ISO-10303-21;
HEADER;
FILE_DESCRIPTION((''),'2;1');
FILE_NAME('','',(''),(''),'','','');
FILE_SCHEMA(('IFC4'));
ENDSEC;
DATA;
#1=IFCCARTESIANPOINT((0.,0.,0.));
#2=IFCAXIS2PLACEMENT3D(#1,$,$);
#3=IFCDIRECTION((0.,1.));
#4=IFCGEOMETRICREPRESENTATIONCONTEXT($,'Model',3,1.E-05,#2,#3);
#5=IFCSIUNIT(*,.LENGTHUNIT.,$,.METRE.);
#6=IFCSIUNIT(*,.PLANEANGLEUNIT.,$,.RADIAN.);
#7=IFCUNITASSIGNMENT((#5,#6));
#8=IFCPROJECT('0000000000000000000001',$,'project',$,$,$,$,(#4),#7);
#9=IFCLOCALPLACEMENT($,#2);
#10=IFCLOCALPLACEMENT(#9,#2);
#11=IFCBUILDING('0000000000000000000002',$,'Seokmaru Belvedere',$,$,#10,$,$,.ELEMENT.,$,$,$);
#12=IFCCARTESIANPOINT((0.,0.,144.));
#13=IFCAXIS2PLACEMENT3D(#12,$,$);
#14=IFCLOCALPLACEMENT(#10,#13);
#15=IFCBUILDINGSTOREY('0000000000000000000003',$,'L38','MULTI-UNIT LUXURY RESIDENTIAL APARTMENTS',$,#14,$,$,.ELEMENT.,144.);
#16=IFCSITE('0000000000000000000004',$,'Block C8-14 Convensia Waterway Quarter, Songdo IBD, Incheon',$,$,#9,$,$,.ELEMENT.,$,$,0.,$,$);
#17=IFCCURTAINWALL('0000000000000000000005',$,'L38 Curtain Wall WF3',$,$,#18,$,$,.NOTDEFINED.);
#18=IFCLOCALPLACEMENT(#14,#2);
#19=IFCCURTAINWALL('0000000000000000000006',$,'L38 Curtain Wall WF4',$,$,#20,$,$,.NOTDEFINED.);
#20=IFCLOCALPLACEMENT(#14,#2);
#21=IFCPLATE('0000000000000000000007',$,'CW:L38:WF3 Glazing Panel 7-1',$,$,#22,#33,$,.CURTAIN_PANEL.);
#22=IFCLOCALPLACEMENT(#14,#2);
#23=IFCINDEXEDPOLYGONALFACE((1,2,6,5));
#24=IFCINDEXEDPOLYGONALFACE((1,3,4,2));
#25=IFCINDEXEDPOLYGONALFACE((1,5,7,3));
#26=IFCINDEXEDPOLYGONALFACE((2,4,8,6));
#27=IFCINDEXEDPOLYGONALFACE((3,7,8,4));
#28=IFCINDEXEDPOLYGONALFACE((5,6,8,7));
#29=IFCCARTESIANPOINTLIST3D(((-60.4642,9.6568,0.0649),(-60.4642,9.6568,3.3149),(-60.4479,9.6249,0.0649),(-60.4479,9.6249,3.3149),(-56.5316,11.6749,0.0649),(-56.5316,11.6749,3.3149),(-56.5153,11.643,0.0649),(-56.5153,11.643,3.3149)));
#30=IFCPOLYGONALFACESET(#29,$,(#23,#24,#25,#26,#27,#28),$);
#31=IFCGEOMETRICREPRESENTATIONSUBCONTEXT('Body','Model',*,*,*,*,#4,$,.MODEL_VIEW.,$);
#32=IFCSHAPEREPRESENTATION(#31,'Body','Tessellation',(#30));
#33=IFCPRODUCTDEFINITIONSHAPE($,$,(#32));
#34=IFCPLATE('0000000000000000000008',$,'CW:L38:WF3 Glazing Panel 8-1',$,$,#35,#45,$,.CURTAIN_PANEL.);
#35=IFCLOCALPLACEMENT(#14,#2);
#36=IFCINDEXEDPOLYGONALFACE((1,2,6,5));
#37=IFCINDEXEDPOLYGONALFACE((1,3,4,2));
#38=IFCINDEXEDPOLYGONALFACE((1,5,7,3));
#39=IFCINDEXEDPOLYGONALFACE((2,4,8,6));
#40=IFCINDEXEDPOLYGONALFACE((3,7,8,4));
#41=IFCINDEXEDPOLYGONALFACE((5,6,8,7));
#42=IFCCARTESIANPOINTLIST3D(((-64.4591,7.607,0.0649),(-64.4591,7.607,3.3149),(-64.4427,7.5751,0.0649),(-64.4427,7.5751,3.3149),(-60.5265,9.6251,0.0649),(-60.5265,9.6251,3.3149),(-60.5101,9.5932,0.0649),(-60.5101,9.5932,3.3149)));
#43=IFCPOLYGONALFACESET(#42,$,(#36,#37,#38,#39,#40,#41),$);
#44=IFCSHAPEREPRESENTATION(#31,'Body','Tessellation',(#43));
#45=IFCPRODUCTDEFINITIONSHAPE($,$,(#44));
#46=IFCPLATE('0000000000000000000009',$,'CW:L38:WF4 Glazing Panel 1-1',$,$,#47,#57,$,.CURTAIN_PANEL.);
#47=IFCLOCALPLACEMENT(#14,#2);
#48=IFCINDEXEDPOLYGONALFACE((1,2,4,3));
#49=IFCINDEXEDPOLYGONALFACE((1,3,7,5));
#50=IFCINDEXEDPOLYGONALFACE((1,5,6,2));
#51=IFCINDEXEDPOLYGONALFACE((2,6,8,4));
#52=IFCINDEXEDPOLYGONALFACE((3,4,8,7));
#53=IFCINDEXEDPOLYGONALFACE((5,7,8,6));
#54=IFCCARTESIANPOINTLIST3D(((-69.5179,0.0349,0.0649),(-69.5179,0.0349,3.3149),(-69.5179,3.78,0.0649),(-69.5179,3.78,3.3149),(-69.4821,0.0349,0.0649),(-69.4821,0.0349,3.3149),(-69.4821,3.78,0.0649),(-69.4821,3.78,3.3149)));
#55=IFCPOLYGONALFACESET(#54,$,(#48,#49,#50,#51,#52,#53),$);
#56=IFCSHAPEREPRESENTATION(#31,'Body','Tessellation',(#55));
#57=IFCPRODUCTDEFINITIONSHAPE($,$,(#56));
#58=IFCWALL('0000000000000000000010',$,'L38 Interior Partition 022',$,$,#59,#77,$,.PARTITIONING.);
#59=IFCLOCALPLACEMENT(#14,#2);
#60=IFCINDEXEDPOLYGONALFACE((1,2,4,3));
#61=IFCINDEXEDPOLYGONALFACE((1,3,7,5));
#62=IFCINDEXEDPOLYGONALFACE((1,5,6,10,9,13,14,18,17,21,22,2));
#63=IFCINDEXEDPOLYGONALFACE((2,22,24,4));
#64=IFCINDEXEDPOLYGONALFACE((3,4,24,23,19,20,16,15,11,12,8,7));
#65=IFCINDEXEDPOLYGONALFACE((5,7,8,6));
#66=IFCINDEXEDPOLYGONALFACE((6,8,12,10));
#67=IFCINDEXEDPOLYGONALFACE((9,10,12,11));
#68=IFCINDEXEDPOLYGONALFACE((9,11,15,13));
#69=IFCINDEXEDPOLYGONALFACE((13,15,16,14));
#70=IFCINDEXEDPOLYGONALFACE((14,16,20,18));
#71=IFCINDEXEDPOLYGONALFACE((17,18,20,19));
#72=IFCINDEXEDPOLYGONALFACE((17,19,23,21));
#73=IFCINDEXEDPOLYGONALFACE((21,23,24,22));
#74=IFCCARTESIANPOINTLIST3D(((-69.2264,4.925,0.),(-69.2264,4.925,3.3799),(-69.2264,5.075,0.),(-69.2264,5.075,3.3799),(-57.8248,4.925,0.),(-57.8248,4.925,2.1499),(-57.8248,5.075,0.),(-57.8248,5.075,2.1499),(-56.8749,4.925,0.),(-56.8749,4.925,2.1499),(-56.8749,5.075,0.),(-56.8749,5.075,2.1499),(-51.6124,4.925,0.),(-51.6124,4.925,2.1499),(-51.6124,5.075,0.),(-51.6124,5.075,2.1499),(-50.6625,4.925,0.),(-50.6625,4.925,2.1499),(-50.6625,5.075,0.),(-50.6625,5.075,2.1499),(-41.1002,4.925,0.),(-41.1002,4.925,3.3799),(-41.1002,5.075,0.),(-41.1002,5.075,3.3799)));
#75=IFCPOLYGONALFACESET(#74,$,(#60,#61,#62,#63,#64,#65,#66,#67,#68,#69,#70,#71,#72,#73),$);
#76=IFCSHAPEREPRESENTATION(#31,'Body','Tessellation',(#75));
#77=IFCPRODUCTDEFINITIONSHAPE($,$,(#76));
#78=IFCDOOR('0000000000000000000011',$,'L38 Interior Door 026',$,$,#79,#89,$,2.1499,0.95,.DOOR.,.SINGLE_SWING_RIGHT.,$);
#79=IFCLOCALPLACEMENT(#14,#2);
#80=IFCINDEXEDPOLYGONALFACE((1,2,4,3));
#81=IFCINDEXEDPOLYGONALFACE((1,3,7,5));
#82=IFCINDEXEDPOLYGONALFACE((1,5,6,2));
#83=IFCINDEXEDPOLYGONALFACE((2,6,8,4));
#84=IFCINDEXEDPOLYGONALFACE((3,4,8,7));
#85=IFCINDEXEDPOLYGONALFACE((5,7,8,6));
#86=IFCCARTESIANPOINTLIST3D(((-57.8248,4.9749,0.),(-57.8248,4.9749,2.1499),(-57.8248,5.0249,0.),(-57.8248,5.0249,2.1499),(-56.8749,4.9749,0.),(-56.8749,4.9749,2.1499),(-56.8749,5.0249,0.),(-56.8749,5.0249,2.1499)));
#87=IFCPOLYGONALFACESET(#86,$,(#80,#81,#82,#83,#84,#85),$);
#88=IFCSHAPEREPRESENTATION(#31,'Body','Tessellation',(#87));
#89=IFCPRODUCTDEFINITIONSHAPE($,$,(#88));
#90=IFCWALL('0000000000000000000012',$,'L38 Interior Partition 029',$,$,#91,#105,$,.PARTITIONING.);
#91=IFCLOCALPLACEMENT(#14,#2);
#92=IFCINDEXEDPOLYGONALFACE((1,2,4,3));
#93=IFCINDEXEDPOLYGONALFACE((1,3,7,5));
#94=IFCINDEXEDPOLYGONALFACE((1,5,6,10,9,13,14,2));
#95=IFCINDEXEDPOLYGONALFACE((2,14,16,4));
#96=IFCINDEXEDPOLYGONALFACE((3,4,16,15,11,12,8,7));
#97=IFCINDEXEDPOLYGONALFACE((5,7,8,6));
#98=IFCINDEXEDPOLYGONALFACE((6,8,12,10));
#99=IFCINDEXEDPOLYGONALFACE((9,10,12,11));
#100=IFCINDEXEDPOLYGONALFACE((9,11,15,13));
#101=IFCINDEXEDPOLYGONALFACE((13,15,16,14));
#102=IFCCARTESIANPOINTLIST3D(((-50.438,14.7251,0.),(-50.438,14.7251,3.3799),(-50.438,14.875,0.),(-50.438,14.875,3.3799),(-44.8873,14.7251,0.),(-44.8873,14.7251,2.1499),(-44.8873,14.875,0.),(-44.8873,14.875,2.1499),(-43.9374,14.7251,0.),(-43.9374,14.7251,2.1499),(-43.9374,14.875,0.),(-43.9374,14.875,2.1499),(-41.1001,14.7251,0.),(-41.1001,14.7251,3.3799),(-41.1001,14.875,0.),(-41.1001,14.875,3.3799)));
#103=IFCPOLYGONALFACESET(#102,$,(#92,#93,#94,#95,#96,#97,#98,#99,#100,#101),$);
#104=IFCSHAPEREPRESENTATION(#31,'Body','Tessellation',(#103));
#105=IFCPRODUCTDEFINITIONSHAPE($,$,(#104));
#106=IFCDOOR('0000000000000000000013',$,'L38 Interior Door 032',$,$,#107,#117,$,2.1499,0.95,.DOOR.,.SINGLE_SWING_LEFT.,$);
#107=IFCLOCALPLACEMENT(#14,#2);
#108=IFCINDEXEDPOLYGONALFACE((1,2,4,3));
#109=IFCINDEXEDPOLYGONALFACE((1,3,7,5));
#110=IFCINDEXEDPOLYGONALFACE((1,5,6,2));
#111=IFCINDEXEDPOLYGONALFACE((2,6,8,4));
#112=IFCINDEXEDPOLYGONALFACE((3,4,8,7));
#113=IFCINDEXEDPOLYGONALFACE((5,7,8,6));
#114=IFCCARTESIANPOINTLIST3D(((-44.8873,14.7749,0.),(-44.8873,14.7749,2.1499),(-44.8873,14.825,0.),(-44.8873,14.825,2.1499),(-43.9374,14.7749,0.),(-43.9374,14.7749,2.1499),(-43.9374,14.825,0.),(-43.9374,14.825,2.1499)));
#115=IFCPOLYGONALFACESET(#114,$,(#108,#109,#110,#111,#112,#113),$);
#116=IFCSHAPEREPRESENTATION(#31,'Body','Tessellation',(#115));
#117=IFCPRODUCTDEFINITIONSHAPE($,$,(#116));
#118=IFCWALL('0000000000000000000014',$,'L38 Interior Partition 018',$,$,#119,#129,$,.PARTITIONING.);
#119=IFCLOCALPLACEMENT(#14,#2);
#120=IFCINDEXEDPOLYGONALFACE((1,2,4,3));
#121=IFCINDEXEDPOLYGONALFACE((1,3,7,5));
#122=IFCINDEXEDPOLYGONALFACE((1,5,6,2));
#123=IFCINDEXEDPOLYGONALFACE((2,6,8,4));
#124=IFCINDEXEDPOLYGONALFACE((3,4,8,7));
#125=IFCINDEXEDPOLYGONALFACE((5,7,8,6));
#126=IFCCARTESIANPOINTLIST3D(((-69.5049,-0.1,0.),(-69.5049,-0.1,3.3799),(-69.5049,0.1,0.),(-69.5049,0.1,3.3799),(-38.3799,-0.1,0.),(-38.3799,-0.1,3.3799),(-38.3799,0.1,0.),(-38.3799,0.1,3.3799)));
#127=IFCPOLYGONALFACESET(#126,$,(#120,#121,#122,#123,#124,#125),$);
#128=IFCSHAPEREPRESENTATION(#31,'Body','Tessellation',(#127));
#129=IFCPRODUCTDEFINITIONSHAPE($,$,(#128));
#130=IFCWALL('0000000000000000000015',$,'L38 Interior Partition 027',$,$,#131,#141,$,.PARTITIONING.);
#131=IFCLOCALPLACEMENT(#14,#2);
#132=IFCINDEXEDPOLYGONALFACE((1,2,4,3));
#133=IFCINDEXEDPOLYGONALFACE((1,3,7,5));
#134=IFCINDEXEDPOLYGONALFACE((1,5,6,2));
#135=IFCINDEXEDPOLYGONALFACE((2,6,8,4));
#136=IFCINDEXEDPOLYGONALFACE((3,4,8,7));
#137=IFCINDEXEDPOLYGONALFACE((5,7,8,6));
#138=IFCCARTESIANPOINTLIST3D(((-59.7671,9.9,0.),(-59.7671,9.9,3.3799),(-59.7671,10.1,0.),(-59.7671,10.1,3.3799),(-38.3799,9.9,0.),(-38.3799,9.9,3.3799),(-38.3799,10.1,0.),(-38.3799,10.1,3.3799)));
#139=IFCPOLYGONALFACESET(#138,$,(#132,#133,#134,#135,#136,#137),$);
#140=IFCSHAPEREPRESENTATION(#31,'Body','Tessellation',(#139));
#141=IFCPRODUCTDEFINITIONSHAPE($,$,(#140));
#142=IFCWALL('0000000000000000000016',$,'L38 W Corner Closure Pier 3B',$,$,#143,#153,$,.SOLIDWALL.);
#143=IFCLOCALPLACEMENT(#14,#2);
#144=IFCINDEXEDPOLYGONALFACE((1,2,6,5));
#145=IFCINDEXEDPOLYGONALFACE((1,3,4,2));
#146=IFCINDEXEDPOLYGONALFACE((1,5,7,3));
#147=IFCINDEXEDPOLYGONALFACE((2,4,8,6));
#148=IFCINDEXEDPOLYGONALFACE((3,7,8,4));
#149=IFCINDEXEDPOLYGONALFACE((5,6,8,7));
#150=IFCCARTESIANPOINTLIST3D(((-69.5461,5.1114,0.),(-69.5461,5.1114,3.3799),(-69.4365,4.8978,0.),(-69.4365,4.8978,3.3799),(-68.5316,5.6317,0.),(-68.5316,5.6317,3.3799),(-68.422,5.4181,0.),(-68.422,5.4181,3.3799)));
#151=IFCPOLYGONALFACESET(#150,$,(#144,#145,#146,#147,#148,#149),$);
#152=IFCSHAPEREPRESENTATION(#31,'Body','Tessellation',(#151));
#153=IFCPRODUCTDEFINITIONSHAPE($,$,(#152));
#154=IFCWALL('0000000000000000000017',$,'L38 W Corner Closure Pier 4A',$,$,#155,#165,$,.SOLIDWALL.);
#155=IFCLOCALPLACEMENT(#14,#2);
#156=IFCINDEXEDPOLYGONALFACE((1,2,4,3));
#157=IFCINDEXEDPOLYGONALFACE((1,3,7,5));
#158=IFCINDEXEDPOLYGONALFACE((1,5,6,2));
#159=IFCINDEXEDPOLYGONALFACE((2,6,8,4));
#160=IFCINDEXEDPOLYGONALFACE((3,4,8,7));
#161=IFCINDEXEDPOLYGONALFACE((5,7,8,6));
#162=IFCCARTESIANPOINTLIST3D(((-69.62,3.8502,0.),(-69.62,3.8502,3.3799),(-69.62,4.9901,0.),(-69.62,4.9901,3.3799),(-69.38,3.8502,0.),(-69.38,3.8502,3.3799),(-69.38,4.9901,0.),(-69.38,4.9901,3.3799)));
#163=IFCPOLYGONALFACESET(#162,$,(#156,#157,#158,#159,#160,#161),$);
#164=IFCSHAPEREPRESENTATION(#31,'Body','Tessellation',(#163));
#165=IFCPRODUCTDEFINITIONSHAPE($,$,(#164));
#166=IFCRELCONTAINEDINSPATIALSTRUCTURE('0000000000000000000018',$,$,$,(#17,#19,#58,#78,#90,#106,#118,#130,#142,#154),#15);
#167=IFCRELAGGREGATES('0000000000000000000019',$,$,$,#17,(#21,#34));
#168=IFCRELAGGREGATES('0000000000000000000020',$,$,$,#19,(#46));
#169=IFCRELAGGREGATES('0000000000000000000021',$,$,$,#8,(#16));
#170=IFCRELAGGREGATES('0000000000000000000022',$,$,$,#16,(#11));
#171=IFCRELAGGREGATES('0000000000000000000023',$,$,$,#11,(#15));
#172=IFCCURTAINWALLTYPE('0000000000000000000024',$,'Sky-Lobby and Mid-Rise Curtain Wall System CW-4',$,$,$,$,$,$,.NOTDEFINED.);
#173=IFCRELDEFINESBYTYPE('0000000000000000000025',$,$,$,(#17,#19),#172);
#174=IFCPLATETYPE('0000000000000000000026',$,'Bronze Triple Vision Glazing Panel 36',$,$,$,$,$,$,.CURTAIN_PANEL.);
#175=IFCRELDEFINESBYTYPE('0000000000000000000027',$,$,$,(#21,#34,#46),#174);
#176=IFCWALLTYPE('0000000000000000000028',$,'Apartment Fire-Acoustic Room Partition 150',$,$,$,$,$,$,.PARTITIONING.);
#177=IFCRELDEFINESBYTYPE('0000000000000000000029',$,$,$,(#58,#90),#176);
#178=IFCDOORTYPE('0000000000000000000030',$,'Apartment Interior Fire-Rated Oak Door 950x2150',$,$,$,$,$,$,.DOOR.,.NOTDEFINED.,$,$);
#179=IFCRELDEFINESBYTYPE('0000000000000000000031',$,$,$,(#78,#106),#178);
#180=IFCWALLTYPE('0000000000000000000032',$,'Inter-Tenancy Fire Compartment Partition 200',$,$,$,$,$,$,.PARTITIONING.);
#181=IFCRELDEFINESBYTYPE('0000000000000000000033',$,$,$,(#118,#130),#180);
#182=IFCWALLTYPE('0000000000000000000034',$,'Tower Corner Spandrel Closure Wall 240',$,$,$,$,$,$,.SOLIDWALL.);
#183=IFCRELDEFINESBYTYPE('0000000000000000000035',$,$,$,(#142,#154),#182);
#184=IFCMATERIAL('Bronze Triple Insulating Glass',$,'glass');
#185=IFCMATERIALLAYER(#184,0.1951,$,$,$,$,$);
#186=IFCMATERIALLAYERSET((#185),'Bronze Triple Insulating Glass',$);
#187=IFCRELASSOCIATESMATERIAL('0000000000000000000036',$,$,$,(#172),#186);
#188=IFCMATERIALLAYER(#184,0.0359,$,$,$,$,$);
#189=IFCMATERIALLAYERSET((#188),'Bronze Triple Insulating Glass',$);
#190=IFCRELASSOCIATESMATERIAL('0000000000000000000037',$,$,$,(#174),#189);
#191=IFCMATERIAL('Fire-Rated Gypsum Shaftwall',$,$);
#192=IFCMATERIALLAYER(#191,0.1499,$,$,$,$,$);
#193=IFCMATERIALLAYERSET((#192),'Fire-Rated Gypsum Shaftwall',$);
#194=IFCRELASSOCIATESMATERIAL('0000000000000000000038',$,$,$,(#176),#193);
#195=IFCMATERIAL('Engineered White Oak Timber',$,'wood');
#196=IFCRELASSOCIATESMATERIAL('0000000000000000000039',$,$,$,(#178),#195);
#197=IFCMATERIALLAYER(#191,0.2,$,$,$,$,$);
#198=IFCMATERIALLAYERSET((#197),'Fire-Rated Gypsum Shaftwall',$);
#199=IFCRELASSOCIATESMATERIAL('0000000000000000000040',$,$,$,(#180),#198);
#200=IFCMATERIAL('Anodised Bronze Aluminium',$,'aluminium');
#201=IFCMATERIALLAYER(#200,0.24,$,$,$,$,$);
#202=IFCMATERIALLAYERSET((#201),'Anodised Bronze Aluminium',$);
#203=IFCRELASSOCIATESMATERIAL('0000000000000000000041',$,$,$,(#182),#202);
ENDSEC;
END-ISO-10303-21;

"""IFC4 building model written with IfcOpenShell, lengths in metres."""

from ifc_helpers import new_model, si_unit, direction, frame, frame_2d, origin, origin_2d, place, context, subcontext, project, spatial, rectangle, extrude, source, transform, mapped, material, layer, layer_set, type_object, type_shapes, element, fill, aggregate, save


model = new_model("IFC4")

# Units and contexts
model_context = context("Model", 3, precision=1e-05, world=origin(), true_north=direction((0.0, 1.0)))
body_context = subcontext(model_context, "Body", "Model", "MODEL_VIEW")
ifc_project = project(units=[si_unit("LENGTHUNIT", "METRE"), si_unit("PLANEANGLEUNIT", "RADIAN")], contexts=[model_context])

# Site, building, storey
site_placement = place(None, origin())
site = spatial("IfcSite", under=ifc_project, at=site_placement, Name="Block C8-14 Convensia Waterway Quarter, Songdo IBD, Incheon", CompositionType="ELEMENT", RefElevation=0.0)
building_placement = place(site_placement, origin())
building = spatial("IfcBuilding", under=site, at=building_placement, Name="Seokmaru Belvedere", CompositionType="ELEMENT")
storey_placement = place(building_placement, frame((0.0, 0.0, 144.0)))
storey = spatial("IfcBuildingStorey", under=building, at=storey_placement, Name="L38", Description="MULTI-UNIT LUXURY RESIDENTIAL APARTMENTS", CompositionType="ELEMENT", Elevation=144.0)

# Curtain walls
ifc_material_1 = material(Name="Bronze Triple Insulating Glass", Category="glass")
ifc_layer_1 = layer(ifc_material_1, 0.1951)
ifc_layer_set_1 = layer_set([ifc_layer_1], Name="Bronze Triple Insulating Glass")
curtain_wall_type = type_object("IfcCurtainWallType", Name="Sky-Lobby and Mid-Rise Curtain Wall System CW-4", PredefinedType="NOTDEFINED", material=ifc_layer_set_1)
curtain_wall_1_placement = place(storey_placement, origin())
curtain_wall_1 = element("IfcCurtainWall", 1, at=curtain_wall_1_placement, inside=storey, type_object=curtain_wall_type, Name="L38 Curtain Wall WF3", PredefinedType="NOTDEFINED")
ifc_material_2 = material(Name="Anodised Bronze Aluminium", Category="aluminium")
curtain_wall_2_placement = place(storey_placement, origin())
curtain_wall_2 = element("IfcCurtainWall", 2, at=curtain_wall_2_placement, inside=storey, type_object=curtain_wall_type, Name="L38 Curtain Wall WF4", PredefinedType="NOTDEFINED")

# Plates
ifc_layer_2 = layer(ifc_material_1, 0.0359)
ifc_layer_set_2 = layer_set([ifc_layer_2], Name="Bronze Triple Insulating Glass")
plate_type = type_object("IfcPlateType", Name="Bronze Triple Vision Glazing Panel 36", PredefinedType="CURTAIN_PANEL", material=ifc_layer_set_2)
shared_shape_1 = source(origin(), body_context, "Body", "SweptSolid", [
    extrude(rectangle(XDim=4.4202, YDim=0.0359, at=origin_2d()), origin(), (0.0, 0.0, 1.0), 3.25),
])
plate_1_placement = place(storey_placement, frame((-58.4897, 10.6499, 0.0649), z_axis=(0.0, 0.0, 1.0), x_axis=(-0.889695, -0.456555, 0.0)))
plate_1 = element("IfcPlate", 3, at=plate_1_placement, type_object=plate_type, Name="CW:L38:WF3 Glazing Panel 7-1", PredefinedType="CURTAIN_PANEL", context=body_context, shape_type="MappedRepresentation", body=[
    mapped(shared_shape_1, transform((0.0, 0.0, 0.0), scale=1.0)),
])
plate_2_placement = place(storey_placement, frame((-62.4846, 8.6001, 0.0649), z_axis=(0.0, 0.0, 1.0), x_axis=(-0.889695, -0.456555, 0.0)))
plate_2 = element("IfcPlate", 4, at=plate_2_placement, type_object=plate_type, Name="CW:L38:WF3 Glazing Panel 8-1", PredefinedType="CURTAIN_PANEL", context=body_context, shape_type="MappedRepresentation", body=[
    mapped(shared_shape_1, transform((0.0, 0.0, 0.0), scale=1.0)),
])
aggregate(curtain_wall_1, [plate_1, plate_2])
shared_shape_2 = source(origin(), body_context, "Body", "SweptSolid", [
    extrude(rectangle(XDim=3.7451, YDim=0.0359, at=origin_2d()), origin(), (0.0, 0.0, 1.0), 3.25),
])
plate_3_placement = place(storey_placement, frame((-69.5, 1.9075, 0.0649), z_axis=(0.0, 0.0, 1.0), x_axis=(0.0, -1.0, 0.0)))
plate_3 = element("IfcPlate", 5, at=plate_3_placement, type_object=plate_type, Name="CW:L38:WF4 Glazing Panel 1-1", PredefinedType="CURTAIN_PANEL", context=body_context, shape_type="MappedRepresentation", body=[
    mapped(shared_shape_2, transform((0.0, 0.0, 0.0), scale=1.0)),
])
aggregate(curtain_wall_2, [plate_3])

# Wall, openings, door
ifc_material_3 = material(Name="Fire-Rated Gypsum Shaftwall")
ifc_layer_3 = layer(ifc_material_3, 0.1499)
ifc_layer_set_3 = layer_set([ifc_layer_3], Name="Fire-Rated Gypsum Shaftwall")
wall_type_1 = type_object("IfcWallType", Name="Apartment Fire-Acoustic Room Partition 150", PredefinedType="PARTITIONING", material=ifc_layer_set_3)
wall_1_placement = place(storey_placement, frame((-69.2263, 5.0, 0.0), z_axis=(0.0, 0.0, 1.0), x_axis=(1.0, 0.0, 0.0)))
wall_1 = element("IfcWall", 6, at=wall_1_placement, inside=storey, type_object=wall_type_1, Name="L38 Interior Partition 022", PredefinedType="PARTITIONING", context=body_context, shape_type="SweptSolid", body=[
    extrude(rectangle(XDim=28.1262, YDim=0.1499, at=frame_2d((14.063, 0.0))), origin(), (0.0, 0.0, 1.0), 3.3799),
])
opening_1_placement = place(wall_1_placement, frame((11.4014, 0.0, 0.0)))
opening_1 = element("IfcOpeningElement", 7, at=opening_1_placement, cuts=wall_1, PredefinedType="OPENING", context=body_context, shape_type="SweptSolid", body=[
    extrude(rectangle(XDim=0.95, YDim=2.1499, at=frame_2d((0.4751, 1.075))), frame((0.0, 0.085, 0.0), z_axis=(0.0, -1.0, 0.0), x_axis=(1.0, 0.0, 0.0)), (0.0, 0.0, 1.0), 0.1699),
])
opening_2_placement = place(wall_1_placement, frame((17.6138, 0.0, 0.0)))
element("IfcOpeningElement", 8, at=opening_2_placement, cuts=wall_1, PredefinedType="OPENING", context=body_context, shape_type="SweptSolid", body=[
    extrude(rectangle(XDim=0.95, YDim=2.1499, at=frame_2d((0.4751, 1.075))), frame((0.0, 0.085, 0.0), z_axis=(0.0, -1.0, 0.0), x_axis=(1.0, 0.0, 0.0)), (0.0, 0.0, 1.0), 0.1699),
])
ifc_material_4 = material(Name="Engineered White Oak Timber", Category="wood")
door_type = type_object("IfcDoorType", Name="Apartment Interior Fire-Rated Oak Door 950x2150", OperationType="NOTDEFINED", PredefinedType="DOOR", material=ifc_material_4)
shared_shape_3 = source(origin(), body_context, "Body", "SweptSolid", [
    extrude(rectangle(XDim=0.95, YDim=2.1499, at=frame_2d((0.4751, 1.075))), frame((0.0, 0.0249, 0.0), z_axis=(0.0, -1.0, 0.0), x_axis=(1.0, 0.0, 0.0)), (0.0, 0.0, 1.0), 0.05),
])
type_shapes(door_type, [shared_shape_3])
door_1_placement = place(opening_1_placement, origin())
door_1 = element("IfcDoor", 9, at=door_1_placement, inside=storey, type_object=door_type, Name="L38 Interior Door 026", OperationType="SINGLE_SWING_RIGHT", OverallHeight=2.1499, OverallWidth=0.95, PredefinedType="DOOR", context=body_context, shape_type="MappedRepresentation", body=[
    mapped(shared_shape_3, transform((0.0, 0.0, 0.0), scale=1.0)),
])
fill(opening_1, door_1)

# Wall, opening, door
wall_2_placement = place(storey_placement, frame((-50.438, 14.8, 0.0), z_axis=(0.0, 0.0, 1.0), x_axis=(1.0, 0.0, 0.0)))
wall_2 = element("IfcWall", 10, at=wall_2_placement, inside=storey, type_object=wall_type_1, Name="L38 Interior Partition 029", PredefinedType="PARTITIONING", context=body_context, shape_type="SweptSolid", body=[
    extrude(rectangle(XDim=9.3379, YDim=0.1499, at=frame_2d((4.6689, 0.0))), origin(), (0.0, 0.0, 1.0), 3.3799),
])
opening_3_placement = place(wall_2_placement, frame((5.5505, 0.0, 0.0)))
opening_3 = element("IfcOpeningElement", 11, at=opening_3_placement, cuts=wall_2, PredefinedType="OPENING", context=body_context, shape_type="SweptSolid", body=[
    extrude(rectangle(XDim=0.95, YDim=2.1499, at=frame_2d((0.4751, 1.075))), frame((0.0, 0.085, 0.0), z_axis=(0.0, -1.0, 0.0), x_axis=(1.0, 0.0, 0.0)), (0.0, 0.0, 1.0), 0.1699),
])
door_2_placement = place(opening_3_placement, origin())
door_2 = element("IfcDoor", 12, at=door_2_placement, inside=storey, type_object=door_type, Name="L38 Interior Door 032", OperationType="SINGLE_SWING_LEFT", OverallHeight=2.1499, OverallWidth=0.95, PredefinedType="DOOR", context=body_context, shape_type="MappedRepresentation", body=[
    mapped(shared_shape_3, transform((0.0, 0.0, 0.0), scale=1.0)),
])
fill(opening_3, door_2)

# Walls
ifc_layer_4 = layer(ifc_material_3, 0.2)
ifc_layer_set_4 = layer_set([ifc_layer_4], Name="Fire-Rated Gypsum Shaftwall")
wall_type_2 = type_object("IfcWallType", Name="Inter-Tenancy Fire Compartment Partition 200", PredefinedType="PARTITIONING", material=ifc_layer_set_4)
wall_3_placement = place(storey_placement, frame((-69.5049, 0.0, 0.0), z_axis=(0.0, 0.0, 1.0), x_axis=(1.0, 0.0, 0.0)))
element("IfcWall", 13, at=wall_3_placement, inside=storey, type_object=wall_type_2, Name="L38 Interior Partition 018", PredefinedType="PARTITIONING", context=body_context, shape_type="SweptSolid", body=[
    extrude(rectangle(XDim=31.125, YDim=0.2, at=frame_2d((15.5625, 0.0))), origin(), (0.0, 0.0, 1.0), 3.3799),
])
wall_4_placement = place(storey_placement, frame((-59.7671, 10.0, 0.0), z_axis=(0.0, 0.0, 1.0), x_axis=(1.0, 0.0, 0.0)))
element("IfcWall", 14, at=wall_4_placement, inside=storey, type_object=wall_type_2, Name="L38 Interior Partition 027", PredefinedType="PARTITIONING", context=body_context, shape_type="SweptSolid", body=[
    extrude(rectangle(XDim=21.3872, YDim=0.2, at=frame_2d((10.6936, 0.0))), origin(), (0.0, 0.0, 1.0), 3.3799),
])
ifc_layer_5 = layer(ifc_material_2, 0.24)
ifc_layer_set_5 = layer_set([ifc_layer_5], Name="Anodised Bronze Aluminium")
wall_type_3 = type_object("IfcWallType", Name="Tower Corner Spandrel Closure Wall 240", PredefinedType="SOLIDWALL", material=ifc_layer_set_5)
wall_5_placement = place(storey_placement, frame((-68.4768, 5.5249, 0.0), z_axis=(0.0, 0.0, 1.0), x_axis=(-0.889797, -0.456356, 0.0)))
element("IfcWall", 15, at=wall_5_placement, inside=storey, type_object=wall_type_3, Name="L38 W Corner Closure Pier 3B", PredefinedType="SOLIDWALL", context=body_context, shape_type="SweptSolid", body=[
    extrude(rectangle(XDim=1.1401, YDim=0.24, at=frame_2d((0.5701, 0.0))), origin(), (0.0, 0.0, 1.0), 3.3799),
])
wall_6_placement = place(storey_placement, frame((-69.5, 4.99, 0.0), z_axis=(0.0, 0.0, 1.0), x_axis=(0.0, -1.0, 0.0)))
element("IfcWall", 16, at=wall_6_placement, inside=storey, type_object=wall_type_3, Name="L38 W Corner Closure Pier 4A", PredefinedType="SOLIDWALL", context=body_context, shape_type="SweptSolid", body=[
    extrude(rectangle(XDim=1.1399, YDim=0.24, at=frame_2d((0.5698, 0.0))), origin(), (0.0, 0.0, 1.0), 3.3799),
])

save(model, "model.ifc")
